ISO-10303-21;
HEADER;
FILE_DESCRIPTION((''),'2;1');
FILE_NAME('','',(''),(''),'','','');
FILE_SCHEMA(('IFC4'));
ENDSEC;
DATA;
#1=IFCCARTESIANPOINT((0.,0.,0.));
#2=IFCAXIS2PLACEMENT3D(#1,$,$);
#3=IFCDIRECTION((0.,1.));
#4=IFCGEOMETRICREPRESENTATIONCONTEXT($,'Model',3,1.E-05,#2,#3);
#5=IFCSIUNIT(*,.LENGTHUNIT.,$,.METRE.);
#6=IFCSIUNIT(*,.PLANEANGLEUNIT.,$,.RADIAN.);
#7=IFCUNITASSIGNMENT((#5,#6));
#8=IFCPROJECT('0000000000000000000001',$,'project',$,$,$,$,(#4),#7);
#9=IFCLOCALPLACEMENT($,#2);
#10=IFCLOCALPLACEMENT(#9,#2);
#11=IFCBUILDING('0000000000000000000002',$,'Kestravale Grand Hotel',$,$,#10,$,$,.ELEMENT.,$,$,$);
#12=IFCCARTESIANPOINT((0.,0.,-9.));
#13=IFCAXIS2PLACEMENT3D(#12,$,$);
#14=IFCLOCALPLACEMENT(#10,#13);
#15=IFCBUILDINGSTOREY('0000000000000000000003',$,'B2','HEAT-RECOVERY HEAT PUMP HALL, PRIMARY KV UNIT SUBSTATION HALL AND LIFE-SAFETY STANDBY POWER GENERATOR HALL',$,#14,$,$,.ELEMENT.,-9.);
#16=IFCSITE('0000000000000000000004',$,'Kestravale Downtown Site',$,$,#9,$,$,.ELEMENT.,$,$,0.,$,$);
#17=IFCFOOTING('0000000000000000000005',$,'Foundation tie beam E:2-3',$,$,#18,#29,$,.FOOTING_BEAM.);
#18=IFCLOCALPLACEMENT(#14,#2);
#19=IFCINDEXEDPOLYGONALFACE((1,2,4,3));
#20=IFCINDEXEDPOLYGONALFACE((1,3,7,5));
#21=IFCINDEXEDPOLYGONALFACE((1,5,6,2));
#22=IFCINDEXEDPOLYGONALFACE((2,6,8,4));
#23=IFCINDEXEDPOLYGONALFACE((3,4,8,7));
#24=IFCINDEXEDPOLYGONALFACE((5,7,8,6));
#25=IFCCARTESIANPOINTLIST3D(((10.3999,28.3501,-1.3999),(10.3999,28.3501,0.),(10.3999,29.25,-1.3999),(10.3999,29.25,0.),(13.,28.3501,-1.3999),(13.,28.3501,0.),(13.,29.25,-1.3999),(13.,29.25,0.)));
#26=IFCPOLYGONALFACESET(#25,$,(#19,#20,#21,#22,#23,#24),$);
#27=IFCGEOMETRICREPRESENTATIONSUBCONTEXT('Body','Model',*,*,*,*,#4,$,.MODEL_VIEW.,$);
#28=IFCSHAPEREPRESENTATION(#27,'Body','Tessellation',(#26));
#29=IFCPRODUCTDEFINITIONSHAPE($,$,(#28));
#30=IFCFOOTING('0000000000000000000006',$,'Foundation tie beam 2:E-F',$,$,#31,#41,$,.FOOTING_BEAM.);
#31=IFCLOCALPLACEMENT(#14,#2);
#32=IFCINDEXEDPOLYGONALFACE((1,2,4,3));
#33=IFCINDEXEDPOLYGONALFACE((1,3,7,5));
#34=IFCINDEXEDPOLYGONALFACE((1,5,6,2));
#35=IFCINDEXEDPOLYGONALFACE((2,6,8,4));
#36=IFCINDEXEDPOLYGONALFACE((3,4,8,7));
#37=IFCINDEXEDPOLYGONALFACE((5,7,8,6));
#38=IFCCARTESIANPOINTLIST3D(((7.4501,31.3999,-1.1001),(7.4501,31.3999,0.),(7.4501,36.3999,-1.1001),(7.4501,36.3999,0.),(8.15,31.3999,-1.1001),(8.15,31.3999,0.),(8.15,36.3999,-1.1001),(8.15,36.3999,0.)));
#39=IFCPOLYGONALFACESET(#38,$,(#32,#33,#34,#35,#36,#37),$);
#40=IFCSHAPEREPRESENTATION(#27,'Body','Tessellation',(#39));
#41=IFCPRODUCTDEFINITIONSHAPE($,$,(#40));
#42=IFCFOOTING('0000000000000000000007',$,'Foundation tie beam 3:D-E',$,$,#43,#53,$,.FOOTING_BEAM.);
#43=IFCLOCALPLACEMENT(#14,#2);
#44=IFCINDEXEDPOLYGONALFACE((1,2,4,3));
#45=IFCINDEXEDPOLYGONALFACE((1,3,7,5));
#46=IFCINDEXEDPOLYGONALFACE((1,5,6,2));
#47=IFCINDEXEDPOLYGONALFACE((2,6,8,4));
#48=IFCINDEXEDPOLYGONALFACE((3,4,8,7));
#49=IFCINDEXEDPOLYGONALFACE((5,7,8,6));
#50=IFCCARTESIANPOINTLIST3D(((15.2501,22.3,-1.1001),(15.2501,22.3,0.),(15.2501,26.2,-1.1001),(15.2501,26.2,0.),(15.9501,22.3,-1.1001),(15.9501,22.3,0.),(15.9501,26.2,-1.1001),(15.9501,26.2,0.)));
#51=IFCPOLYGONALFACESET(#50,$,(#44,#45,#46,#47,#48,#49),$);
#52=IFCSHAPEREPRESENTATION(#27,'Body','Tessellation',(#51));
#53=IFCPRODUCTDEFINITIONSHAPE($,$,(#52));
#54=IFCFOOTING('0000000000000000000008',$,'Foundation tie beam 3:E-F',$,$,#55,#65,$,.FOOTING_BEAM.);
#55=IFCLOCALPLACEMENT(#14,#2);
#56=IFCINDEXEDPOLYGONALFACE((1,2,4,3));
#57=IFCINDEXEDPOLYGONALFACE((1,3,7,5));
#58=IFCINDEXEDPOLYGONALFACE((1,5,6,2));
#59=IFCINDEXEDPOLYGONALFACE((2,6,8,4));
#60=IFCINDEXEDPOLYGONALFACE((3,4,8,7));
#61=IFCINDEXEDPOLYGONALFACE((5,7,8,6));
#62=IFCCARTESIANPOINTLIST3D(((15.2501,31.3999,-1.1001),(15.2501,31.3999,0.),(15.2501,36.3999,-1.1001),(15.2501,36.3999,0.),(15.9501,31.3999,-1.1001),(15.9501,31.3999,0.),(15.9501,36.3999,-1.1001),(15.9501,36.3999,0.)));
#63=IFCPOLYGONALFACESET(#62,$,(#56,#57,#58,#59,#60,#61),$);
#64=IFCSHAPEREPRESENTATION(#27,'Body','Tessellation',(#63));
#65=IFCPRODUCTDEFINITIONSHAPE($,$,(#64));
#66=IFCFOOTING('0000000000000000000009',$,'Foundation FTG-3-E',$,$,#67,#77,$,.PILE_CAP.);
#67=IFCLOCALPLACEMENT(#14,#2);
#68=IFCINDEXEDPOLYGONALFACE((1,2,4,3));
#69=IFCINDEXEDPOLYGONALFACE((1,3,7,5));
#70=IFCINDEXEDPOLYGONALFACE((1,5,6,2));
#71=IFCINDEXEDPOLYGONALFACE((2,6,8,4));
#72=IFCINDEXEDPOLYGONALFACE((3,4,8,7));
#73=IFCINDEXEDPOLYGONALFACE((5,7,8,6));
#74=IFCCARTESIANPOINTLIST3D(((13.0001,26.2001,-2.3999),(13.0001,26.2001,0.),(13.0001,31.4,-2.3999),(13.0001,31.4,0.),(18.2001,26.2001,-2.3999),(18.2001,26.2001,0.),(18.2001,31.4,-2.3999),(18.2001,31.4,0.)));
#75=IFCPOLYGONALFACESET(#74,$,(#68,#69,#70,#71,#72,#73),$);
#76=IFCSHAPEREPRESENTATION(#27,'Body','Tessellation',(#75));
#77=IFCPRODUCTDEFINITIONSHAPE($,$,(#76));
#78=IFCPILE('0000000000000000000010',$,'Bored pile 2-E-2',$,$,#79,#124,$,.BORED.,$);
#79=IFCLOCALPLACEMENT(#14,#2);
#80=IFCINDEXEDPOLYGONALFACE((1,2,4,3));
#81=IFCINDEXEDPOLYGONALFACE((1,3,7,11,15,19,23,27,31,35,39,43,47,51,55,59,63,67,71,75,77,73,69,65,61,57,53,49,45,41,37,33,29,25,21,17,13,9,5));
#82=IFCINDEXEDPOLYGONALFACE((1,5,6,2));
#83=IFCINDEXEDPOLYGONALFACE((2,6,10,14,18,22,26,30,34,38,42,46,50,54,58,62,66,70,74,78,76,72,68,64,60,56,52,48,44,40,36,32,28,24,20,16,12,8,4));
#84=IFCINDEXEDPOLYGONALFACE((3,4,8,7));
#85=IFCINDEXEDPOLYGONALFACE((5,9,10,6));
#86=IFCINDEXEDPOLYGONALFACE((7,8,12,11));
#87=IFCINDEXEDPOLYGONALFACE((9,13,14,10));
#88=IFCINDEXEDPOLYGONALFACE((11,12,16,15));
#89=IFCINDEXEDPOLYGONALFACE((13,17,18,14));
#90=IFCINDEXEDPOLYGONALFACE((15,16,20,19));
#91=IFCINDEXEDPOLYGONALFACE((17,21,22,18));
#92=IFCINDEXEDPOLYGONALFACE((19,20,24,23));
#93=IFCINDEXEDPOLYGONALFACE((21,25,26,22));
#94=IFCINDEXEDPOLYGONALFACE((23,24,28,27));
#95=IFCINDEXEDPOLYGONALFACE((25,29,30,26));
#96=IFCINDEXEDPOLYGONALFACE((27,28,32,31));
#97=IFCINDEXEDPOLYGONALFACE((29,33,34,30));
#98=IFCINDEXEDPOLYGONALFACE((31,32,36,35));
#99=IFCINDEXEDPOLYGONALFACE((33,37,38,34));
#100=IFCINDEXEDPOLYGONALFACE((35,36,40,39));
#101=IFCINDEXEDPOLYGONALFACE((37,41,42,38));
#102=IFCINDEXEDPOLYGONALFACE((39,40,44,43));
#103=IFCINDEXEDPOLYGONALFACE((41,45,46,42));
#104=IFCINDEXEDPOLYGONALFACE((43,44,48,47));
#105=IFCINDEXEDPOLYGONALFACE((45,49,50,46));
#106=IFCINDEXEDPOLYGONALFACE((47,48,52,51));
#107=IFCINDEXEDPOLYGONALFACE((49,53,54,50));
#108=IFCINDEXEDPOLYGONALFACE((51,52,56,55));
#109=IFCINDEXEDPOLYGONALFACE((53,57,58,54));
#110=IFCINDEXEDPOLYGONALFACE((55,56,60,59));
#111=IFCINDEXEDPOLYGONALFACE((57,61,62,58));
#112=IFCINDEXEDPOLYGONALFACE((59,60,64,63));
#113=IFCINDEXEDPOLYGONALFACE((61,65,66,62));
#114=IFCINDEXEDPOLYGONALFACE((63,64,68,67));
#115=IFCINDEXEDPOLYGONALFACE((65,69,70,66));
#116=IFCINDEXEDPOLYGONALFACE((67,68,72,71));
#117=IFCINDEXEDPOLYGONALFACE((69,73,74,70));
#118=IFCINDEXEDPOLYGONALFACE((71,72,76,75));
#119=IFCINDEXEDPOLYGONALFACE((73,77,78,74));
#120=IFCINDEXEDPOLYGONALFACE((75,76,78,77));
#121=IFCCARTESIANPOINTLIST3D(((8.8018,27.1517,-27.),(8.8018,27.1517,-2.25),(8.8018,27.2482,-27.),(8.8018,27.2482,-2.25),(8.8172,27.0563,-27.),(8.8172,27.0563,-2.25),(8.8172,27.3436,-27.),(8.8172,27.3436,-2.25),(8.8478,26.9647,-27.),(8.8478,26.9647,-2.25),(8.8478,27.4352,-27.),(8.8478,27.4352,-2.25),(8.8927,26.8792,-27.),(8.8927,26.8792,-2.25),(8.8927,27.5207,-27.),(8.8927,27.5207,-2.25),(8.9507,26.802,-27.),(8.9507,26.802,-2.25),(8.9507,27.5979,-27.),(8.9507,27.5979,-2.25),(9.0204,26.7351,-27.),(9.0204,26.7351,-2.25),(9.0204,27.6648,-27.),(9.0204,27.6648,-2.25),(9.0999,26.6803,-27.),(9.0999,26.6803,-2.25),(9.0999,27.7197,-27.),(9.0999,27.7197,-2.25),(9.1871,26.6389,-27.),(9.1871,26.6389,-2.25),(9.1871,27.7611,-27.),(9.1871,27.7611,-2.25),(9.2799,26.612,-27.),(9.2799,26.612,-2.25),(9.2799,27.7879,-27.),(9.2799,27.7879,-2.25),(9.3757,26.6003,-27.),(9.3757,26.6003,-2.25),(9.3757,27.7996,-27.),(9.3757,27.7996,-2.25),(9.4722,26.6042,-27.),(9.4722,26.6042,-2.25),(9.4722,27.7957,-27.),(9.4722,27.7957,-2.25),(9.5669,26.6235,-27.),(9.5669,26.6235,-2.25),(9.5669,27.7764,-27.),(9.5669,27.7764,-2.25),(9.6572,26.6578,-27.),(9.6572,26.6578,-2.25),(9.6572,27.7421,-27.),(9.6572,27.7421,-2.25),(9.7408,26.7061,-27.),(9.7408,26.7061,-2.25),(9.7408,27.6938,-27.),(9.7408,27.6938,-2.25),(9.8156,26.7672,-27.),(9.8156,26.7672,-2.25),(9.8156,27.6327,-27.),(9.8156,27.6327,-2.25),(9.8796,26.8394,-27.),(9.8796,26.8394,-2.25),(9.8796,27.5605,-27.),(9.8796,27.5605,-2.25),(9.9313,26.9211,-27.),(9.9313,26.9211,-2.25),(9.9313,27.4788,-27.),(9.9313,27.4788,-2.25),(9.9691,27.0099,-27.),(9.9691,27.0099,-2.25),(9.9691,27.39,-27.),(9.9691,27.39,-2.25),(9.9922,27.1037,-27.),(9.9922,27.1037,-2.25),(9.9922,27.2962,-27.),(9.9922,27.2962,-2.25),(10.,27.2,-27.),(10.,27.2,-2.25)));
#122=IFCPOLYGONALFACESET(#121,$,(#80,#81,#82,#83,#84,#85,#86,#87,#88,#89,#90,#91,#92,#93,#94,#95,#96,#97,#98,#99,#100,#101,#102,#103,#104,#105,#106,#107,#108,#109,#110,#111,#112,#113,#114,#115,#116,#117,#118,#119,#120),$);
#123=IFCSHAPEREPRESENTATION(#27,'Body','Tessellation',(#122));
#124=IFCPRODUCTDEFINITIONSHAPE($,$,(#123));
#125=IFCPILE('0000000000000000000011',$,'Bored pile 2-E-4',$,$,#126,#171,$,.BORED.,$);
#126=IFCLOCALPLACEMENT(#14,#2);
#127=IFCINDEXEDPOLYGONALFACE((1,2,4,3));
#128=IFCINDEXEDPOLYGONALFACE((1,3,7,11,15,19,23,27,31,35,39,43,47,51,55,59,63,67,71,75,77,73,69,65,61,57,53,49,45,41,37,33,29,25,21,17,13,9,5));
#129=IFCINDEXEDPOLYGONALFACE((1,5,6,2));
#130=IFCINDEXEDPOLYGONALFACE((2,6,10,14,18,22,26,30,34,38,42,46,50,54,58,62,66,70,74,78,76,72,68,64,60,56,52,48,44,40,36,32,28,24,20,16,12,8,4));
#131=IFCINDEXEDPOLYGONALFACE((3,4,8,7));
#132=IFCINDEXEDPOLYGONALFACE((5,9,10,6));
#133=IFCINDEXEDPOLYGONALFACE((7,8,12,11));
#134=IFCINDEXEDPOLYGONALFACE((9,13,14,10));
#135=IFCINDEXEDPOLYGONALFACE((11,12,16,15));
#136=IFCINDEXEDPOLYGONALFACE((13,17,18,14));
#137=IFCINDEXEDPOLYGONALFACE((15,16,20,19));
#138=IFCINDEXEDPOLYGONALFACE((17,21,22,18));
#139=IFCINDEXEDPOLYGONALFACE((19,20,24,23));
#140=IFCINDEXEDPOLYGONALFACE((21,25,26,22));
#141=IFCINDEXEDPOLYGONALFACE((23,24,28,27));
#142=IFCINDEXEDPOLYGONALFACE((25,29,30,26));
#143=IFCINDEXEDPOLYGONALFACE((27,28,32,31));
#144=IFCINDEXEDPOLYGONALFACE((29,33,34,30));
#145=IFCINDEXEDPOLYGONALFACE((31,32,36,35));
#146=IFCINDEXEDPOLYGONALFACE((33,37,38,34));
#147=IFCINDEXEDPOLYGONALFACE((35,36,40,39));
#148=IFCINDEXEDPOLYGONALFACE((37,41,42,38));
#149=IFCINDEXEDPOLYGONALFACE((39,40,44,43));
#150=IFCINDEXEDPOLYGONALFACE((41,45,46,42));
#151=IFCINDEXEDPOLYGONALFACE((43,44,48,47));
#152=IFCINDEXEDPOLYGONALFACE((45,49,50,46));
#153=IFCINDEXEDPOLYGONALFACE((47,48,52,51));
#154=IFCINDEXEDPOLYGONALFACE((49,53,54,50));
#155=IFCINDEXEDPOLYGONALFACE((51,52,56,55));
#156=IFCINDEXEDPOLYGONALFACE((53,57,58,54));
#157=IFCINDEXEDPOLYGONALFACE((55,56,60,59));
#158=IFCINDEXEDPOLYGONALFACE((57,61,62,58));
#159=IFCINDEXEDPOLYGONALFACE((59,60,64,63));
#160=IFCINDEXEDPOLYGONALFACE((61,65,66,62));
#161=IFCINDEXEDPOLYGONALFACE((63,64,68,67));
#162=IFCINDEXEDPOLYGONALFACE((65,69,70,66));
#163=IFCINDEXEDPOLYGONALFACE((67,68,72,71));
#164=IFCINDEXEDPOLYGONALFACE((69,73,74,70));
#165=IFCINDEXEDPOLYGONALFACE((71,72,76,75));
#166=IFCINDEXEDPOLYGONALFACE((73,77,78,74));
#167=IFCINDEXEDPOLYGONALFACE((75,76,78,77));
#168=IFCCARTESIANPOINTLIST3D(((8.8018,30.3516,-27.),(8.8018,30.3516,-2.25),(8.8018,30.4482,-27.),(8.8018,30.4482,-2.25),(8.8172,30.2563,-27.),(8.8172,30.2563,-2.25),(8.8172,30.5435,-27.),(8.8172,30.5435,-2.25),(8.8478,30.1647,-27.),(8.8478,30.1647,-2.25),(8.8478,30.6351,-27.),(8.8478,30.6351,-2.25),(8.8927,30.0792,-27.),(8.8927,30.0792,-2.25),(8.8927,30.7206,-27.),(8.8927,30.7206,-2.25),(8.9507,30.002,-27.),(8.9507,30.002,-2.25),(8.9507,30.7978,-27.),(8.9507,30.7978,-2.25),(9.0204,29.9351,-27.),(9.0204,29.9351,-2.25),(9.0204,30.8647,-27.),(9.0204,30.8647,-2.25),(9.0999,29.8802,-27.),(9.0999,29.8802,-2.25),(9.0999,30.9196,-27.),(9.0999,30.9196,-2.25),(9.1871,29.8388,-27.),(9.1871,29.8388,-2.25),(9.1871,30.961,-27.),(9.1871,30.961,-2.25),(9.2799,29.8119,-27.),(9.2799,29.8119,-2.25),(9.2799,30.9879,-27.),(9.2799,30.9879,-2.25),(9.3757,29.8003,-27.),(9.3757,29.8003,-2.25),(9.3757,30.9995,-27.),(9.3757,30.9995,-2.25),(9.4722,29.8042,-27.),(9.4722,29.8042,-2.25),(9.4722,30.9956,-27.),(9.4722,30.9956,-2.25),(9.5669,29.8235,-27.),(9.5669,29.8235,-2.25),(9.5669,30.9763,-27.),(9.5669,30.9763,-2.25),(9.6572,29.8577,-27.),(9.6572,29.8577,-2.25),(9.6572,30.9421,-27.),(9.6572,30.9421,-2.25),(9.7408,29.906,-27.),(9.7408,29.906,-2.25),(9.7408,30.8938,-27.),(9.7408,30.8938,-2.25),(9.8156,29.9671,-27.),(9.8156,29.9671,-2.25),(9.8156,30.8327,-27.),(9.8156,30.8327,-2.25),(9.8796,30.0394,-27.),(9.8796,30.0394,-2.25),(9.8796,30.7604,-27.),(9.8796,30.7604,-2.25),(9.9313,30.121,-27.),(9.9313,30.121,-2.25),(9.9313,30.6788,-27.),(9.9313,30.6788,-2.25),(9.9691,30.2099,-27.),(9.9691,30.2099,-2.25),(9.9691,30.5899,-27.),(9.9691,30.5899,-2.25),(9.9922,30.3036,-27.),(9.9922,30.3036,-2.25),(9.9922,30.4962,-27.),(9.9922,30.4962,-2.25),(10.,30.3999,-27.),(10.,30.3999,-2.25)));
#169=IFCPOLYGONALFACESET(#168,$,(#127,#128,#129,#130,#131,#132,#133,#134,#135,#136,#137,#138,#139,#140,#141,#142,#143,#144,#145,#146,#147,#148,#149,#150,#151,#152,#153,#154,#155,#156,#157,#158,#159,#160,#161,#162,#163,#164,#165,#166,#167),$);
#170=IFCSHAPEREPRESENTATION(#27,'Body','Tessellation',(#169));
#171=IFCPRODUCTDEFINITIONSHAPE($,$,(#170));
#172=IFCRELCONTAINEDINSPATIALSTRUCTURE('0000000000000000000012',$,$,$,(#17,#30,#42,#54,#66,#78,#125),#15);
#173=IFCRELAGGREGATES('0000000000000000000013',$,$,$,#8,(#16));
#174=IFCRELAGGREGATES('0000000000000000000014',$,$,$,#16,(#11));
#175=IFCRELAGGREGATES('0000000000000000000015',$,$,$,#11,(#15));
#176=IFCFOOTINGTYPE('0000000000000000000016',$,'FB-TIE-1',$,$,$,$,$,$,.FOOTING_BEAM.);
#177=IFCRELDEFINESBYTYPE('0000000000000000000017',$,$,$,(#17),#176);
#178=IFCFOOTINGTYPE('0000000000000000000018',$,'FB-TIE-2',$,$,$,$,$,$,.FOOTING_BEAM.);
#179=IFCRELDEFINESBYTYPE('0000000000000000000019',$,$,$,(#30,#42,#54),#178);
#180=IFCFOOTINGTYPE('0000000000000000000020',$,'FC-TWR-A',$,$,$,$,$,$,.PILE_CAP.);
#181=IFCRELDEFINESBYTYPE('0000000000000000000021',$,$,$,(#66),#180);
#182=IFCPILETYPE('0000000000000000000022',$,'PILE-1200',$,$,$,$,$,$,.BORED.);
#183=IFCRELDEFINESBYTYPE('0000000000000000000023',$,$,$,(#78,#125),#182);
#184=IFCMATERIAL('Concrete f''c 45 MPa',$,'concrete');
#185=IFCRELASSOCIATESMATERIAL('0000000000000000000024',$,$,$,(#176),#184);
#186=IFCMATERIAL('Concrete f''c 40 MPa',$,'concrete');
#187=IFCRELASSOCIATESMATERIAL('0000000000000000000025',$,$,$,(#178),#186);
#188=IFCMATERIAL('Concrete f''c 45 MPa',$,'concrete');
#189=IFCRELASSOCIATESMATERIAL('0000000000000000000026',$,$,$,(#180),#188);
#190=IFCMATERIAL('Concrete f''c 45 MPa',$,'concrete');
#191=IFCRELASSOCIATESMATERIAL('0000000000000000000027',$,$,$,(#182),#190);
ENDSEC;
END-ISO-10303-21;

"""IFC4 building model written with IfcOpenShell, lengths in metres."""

from ifc_helpers import new_model, si_unit, direction, frame, origin, origin_2d, place, context, subcontext, project, spatial, rectangle, circle, extrude, material, material_profile, profile_set, type_object, element, save


model = new_model("IFC4")

# Units and contexts
model_context = context("Model", 3, precision=1e-05, world=origin(), true_north=direction((0.0, 1.0)))
body_context = subcontext(model_context, "Body", "Model", "MODEL_VIEW")
ifc_project = project(units=[si_unit("LENGTHUNIT", "METRE"), si_unit("PLANEANGLEUNIT", "RADIAN")], contexts=[model_context])

# Site, building, storey
site_placement = place(None, origin())
site = spatial("IfcSite", under=ifc_project, at=site_placement, Name="Kestravale Downtown Site", CompositionType="ELEMENT", RefElevation=0.0)
building_placement = place(site_placement, origin())
building = spatial("IfcBuilding", under=site, at=building_placement, Name="Kestravale Grand Hotel", CompositionType="ELEMENT")
storey_placement = place(building_placement, frame((0.0, 0.0, -9.0)))
storey = spatial("IfcBuildingStorey", under=building, at=storey_placement, Name="B2", Description="HEAT-RECOVERY HEAT PUMP HALL, PRIMARY KV UNIT SUBSTATION HALL AND LIFE-SAFETY STANDBY POWER GENERATOR HALL", CompositionType="ELEMENT", Elevation=-9.0)

# Footings
ifc_material_1 = material(Name="Concrete f'c 45 MPa", Category="concrete")
ifc_material_profile_1 = material_profile(ifc_material_1, rectangle(XDim=0.8999, YDim=1.3999, at=origin_2d()))
ifc_profile_set_1 = profile_set([ifc_material_profile_1], Name="Concrete f'c 45 MPa")
footing_type_1 = type_object("IfcFootingType", Name="FB-TIE-1", PredefinedType="FOOTING_BEAM", material=ifc_profile_set_1)
footing_1_placement = place(storey_placement, frame((10.3999, 28.8, -0.7), z_axis=(1.0, 0.0, 0.0), x_axis=(0.0, 1.0, 0.0)))
element("IfcFooting", 1, at=footing_1_placement, inside=storey, type_object=footing_type_1, Name="Foundation tie beam E:2-3", PredefinedType="FOOTING_BEAM", context=body_context, shape_type="SweptSolid", body=[
    extrude(rectangle(XDim=0.8999, YDim=1.3999, at=origin_2d()), origin(), (0.0, 0.0, 1.0), 2.6001),
])
ifc_material_2 = material(Name="Concrete f'c 40 MPa", Category="concrete")
ifc_material_profile_2 = material_profile(ifc_material_2, rectangle(XDim=0.7, YDim=1.1001, at=origin_2d()))
ifc_profile_set_2 = profile_set([ifc_material_profile_2], Name="Concrete f'c 40 MPa")
footing_type_2 = type_object("IfcFootingType", Name="FB-TIE-2", PredefinedType="FOOTING_BEAM", material=ifc_profile_set_2)
footing_2_placement = place(storey_placement, frame((7.8, 31.3999, -0.55), z_axis=(0.0, 1.0, 0.0), x_axis=(-1.0, 0.0, 0.0)))
element("IfcFooting", 2, at=footing_2_placement, inside=storey, type_object=footing_type_2, Name="Foundation tie beam 2:E-F", PredefinedType="FOOTING_BEAM", context=body_context, shape_type="SweptSolid", body=[
    extrude(rectangle(XDim=0.7, YDim=1.1001, at=origin_2d()), origin(), (0.0, 0.0, 1.0), 5.0),
])
footing_3_placement = place(storey_placement, frame((15.6001, 22.3, -0.55), z_axis=(0.0, 1.0, 0.0), x_axis=(-1.0, 0.0, 0.0)))
element("IfcFooting", 3, at=footing_3_placement, inside=storey, type_object=footing_type_2, Name="Foundation tie beam 3:D-E", PredefinedType="FOOTING_BEAM", context=body_context, shape_type="SweptSolid", body=[
    extrude(rectangle(XDim=0.7, YDim=1.1001, at=origin_2d()), origin(), (0.0, 0.0, 1.0), 3.8999),
])
footing_4_placement = place(storey_placement, frame((15.6001, 31.3999, -0.55), z_axis=(0.0, 1.0, 0.0), x_axis=(-1.0, 0.0, 0.0)))
element("IfcFooting", 4, at=footing_4_placement, inside=storey, type_object=footing_type_2, Name="Foundation tie beam 3:E-F", PredefinedType="FOOTING_BEAM", context=body_context, shape_type="SweptSolid", body=[
    extrude(rectangle(XDim=0.7, YDim=1.1001, at=origin_2d()), origin(), (0.0, 0.0, 1.0), 5.0),
])
ifc_material_3 = material(Name="Concrete f'c 45 MPa", Category="concrete")
footing_type_3 = type_object("IfcFootingType", Name="FC-TWR-A", PredefinedType="PILE_CAP", material=ifc_material_3)
footing_5_placement = place(storey_placement, frame((15.6001, 28.8, -2.3999), z_axis=(0.0, 0.0, 1.0), x_axis=(1.0, 0.0, 0.0)))
element("IfcFooting", 5, at=footing_5_placement, inside=storey, type_object=footing_type_3, Name="Foundation FTG-3-E", PredefinedType="PILE_CAP", context=body_context, shape_type="SweptSolid", body=[
    extrude(rectangle(XDim=5.2, YDim=5.2, at=origin_2d()), origin(), (0.0, 0.0, 1.0), 2.3999),
])

# Piles
ifc_material_4 = material(Name="Concrete f'c 45 MPa", Category="concrete")
ifc_material_profile_3 = material_profile(ifc_material_4, circle(Radius=0.6001, at=origin_2d()))
ifc_profile_set_3 = profile_set([ifc_material_profile_3], Name="Concrete f'c 45 MPa")
pile_type_1 = type_object("IfcPileType", Name="PILE-1200", PredefinedType="BORED", material=ifc_profile_set_3)
for number, where, z_axis, x_axis, name in (
    (6, (9.3999, 27.2, -2.25), (0.0, 0.0, -1.0), (1.0, 0.0, 0.0), "Bored pile 2-E-2"),
    (7, (9.3999, 30.3999, -2.25), (0.0, 0.0, -1.0), (1.0, 0.0, 0.0), "Bored pile 2-E-4"),
):
    element("IfcPile", number, at=place(storey_placement, frame(where, z_axis=z_axis, x_axis=x_axis)), inside=storey, type_object=pile_type_1, Name=name, PredefinedType="BORED", context=body_context, shape_type="SweptSolid", body=[
        extrude(circle(Radius=0.6001, at=origin_2d()), origin(), (0.0, 0.0, 1.0), 24.75),
    ])

save(model, "model.ifc")
